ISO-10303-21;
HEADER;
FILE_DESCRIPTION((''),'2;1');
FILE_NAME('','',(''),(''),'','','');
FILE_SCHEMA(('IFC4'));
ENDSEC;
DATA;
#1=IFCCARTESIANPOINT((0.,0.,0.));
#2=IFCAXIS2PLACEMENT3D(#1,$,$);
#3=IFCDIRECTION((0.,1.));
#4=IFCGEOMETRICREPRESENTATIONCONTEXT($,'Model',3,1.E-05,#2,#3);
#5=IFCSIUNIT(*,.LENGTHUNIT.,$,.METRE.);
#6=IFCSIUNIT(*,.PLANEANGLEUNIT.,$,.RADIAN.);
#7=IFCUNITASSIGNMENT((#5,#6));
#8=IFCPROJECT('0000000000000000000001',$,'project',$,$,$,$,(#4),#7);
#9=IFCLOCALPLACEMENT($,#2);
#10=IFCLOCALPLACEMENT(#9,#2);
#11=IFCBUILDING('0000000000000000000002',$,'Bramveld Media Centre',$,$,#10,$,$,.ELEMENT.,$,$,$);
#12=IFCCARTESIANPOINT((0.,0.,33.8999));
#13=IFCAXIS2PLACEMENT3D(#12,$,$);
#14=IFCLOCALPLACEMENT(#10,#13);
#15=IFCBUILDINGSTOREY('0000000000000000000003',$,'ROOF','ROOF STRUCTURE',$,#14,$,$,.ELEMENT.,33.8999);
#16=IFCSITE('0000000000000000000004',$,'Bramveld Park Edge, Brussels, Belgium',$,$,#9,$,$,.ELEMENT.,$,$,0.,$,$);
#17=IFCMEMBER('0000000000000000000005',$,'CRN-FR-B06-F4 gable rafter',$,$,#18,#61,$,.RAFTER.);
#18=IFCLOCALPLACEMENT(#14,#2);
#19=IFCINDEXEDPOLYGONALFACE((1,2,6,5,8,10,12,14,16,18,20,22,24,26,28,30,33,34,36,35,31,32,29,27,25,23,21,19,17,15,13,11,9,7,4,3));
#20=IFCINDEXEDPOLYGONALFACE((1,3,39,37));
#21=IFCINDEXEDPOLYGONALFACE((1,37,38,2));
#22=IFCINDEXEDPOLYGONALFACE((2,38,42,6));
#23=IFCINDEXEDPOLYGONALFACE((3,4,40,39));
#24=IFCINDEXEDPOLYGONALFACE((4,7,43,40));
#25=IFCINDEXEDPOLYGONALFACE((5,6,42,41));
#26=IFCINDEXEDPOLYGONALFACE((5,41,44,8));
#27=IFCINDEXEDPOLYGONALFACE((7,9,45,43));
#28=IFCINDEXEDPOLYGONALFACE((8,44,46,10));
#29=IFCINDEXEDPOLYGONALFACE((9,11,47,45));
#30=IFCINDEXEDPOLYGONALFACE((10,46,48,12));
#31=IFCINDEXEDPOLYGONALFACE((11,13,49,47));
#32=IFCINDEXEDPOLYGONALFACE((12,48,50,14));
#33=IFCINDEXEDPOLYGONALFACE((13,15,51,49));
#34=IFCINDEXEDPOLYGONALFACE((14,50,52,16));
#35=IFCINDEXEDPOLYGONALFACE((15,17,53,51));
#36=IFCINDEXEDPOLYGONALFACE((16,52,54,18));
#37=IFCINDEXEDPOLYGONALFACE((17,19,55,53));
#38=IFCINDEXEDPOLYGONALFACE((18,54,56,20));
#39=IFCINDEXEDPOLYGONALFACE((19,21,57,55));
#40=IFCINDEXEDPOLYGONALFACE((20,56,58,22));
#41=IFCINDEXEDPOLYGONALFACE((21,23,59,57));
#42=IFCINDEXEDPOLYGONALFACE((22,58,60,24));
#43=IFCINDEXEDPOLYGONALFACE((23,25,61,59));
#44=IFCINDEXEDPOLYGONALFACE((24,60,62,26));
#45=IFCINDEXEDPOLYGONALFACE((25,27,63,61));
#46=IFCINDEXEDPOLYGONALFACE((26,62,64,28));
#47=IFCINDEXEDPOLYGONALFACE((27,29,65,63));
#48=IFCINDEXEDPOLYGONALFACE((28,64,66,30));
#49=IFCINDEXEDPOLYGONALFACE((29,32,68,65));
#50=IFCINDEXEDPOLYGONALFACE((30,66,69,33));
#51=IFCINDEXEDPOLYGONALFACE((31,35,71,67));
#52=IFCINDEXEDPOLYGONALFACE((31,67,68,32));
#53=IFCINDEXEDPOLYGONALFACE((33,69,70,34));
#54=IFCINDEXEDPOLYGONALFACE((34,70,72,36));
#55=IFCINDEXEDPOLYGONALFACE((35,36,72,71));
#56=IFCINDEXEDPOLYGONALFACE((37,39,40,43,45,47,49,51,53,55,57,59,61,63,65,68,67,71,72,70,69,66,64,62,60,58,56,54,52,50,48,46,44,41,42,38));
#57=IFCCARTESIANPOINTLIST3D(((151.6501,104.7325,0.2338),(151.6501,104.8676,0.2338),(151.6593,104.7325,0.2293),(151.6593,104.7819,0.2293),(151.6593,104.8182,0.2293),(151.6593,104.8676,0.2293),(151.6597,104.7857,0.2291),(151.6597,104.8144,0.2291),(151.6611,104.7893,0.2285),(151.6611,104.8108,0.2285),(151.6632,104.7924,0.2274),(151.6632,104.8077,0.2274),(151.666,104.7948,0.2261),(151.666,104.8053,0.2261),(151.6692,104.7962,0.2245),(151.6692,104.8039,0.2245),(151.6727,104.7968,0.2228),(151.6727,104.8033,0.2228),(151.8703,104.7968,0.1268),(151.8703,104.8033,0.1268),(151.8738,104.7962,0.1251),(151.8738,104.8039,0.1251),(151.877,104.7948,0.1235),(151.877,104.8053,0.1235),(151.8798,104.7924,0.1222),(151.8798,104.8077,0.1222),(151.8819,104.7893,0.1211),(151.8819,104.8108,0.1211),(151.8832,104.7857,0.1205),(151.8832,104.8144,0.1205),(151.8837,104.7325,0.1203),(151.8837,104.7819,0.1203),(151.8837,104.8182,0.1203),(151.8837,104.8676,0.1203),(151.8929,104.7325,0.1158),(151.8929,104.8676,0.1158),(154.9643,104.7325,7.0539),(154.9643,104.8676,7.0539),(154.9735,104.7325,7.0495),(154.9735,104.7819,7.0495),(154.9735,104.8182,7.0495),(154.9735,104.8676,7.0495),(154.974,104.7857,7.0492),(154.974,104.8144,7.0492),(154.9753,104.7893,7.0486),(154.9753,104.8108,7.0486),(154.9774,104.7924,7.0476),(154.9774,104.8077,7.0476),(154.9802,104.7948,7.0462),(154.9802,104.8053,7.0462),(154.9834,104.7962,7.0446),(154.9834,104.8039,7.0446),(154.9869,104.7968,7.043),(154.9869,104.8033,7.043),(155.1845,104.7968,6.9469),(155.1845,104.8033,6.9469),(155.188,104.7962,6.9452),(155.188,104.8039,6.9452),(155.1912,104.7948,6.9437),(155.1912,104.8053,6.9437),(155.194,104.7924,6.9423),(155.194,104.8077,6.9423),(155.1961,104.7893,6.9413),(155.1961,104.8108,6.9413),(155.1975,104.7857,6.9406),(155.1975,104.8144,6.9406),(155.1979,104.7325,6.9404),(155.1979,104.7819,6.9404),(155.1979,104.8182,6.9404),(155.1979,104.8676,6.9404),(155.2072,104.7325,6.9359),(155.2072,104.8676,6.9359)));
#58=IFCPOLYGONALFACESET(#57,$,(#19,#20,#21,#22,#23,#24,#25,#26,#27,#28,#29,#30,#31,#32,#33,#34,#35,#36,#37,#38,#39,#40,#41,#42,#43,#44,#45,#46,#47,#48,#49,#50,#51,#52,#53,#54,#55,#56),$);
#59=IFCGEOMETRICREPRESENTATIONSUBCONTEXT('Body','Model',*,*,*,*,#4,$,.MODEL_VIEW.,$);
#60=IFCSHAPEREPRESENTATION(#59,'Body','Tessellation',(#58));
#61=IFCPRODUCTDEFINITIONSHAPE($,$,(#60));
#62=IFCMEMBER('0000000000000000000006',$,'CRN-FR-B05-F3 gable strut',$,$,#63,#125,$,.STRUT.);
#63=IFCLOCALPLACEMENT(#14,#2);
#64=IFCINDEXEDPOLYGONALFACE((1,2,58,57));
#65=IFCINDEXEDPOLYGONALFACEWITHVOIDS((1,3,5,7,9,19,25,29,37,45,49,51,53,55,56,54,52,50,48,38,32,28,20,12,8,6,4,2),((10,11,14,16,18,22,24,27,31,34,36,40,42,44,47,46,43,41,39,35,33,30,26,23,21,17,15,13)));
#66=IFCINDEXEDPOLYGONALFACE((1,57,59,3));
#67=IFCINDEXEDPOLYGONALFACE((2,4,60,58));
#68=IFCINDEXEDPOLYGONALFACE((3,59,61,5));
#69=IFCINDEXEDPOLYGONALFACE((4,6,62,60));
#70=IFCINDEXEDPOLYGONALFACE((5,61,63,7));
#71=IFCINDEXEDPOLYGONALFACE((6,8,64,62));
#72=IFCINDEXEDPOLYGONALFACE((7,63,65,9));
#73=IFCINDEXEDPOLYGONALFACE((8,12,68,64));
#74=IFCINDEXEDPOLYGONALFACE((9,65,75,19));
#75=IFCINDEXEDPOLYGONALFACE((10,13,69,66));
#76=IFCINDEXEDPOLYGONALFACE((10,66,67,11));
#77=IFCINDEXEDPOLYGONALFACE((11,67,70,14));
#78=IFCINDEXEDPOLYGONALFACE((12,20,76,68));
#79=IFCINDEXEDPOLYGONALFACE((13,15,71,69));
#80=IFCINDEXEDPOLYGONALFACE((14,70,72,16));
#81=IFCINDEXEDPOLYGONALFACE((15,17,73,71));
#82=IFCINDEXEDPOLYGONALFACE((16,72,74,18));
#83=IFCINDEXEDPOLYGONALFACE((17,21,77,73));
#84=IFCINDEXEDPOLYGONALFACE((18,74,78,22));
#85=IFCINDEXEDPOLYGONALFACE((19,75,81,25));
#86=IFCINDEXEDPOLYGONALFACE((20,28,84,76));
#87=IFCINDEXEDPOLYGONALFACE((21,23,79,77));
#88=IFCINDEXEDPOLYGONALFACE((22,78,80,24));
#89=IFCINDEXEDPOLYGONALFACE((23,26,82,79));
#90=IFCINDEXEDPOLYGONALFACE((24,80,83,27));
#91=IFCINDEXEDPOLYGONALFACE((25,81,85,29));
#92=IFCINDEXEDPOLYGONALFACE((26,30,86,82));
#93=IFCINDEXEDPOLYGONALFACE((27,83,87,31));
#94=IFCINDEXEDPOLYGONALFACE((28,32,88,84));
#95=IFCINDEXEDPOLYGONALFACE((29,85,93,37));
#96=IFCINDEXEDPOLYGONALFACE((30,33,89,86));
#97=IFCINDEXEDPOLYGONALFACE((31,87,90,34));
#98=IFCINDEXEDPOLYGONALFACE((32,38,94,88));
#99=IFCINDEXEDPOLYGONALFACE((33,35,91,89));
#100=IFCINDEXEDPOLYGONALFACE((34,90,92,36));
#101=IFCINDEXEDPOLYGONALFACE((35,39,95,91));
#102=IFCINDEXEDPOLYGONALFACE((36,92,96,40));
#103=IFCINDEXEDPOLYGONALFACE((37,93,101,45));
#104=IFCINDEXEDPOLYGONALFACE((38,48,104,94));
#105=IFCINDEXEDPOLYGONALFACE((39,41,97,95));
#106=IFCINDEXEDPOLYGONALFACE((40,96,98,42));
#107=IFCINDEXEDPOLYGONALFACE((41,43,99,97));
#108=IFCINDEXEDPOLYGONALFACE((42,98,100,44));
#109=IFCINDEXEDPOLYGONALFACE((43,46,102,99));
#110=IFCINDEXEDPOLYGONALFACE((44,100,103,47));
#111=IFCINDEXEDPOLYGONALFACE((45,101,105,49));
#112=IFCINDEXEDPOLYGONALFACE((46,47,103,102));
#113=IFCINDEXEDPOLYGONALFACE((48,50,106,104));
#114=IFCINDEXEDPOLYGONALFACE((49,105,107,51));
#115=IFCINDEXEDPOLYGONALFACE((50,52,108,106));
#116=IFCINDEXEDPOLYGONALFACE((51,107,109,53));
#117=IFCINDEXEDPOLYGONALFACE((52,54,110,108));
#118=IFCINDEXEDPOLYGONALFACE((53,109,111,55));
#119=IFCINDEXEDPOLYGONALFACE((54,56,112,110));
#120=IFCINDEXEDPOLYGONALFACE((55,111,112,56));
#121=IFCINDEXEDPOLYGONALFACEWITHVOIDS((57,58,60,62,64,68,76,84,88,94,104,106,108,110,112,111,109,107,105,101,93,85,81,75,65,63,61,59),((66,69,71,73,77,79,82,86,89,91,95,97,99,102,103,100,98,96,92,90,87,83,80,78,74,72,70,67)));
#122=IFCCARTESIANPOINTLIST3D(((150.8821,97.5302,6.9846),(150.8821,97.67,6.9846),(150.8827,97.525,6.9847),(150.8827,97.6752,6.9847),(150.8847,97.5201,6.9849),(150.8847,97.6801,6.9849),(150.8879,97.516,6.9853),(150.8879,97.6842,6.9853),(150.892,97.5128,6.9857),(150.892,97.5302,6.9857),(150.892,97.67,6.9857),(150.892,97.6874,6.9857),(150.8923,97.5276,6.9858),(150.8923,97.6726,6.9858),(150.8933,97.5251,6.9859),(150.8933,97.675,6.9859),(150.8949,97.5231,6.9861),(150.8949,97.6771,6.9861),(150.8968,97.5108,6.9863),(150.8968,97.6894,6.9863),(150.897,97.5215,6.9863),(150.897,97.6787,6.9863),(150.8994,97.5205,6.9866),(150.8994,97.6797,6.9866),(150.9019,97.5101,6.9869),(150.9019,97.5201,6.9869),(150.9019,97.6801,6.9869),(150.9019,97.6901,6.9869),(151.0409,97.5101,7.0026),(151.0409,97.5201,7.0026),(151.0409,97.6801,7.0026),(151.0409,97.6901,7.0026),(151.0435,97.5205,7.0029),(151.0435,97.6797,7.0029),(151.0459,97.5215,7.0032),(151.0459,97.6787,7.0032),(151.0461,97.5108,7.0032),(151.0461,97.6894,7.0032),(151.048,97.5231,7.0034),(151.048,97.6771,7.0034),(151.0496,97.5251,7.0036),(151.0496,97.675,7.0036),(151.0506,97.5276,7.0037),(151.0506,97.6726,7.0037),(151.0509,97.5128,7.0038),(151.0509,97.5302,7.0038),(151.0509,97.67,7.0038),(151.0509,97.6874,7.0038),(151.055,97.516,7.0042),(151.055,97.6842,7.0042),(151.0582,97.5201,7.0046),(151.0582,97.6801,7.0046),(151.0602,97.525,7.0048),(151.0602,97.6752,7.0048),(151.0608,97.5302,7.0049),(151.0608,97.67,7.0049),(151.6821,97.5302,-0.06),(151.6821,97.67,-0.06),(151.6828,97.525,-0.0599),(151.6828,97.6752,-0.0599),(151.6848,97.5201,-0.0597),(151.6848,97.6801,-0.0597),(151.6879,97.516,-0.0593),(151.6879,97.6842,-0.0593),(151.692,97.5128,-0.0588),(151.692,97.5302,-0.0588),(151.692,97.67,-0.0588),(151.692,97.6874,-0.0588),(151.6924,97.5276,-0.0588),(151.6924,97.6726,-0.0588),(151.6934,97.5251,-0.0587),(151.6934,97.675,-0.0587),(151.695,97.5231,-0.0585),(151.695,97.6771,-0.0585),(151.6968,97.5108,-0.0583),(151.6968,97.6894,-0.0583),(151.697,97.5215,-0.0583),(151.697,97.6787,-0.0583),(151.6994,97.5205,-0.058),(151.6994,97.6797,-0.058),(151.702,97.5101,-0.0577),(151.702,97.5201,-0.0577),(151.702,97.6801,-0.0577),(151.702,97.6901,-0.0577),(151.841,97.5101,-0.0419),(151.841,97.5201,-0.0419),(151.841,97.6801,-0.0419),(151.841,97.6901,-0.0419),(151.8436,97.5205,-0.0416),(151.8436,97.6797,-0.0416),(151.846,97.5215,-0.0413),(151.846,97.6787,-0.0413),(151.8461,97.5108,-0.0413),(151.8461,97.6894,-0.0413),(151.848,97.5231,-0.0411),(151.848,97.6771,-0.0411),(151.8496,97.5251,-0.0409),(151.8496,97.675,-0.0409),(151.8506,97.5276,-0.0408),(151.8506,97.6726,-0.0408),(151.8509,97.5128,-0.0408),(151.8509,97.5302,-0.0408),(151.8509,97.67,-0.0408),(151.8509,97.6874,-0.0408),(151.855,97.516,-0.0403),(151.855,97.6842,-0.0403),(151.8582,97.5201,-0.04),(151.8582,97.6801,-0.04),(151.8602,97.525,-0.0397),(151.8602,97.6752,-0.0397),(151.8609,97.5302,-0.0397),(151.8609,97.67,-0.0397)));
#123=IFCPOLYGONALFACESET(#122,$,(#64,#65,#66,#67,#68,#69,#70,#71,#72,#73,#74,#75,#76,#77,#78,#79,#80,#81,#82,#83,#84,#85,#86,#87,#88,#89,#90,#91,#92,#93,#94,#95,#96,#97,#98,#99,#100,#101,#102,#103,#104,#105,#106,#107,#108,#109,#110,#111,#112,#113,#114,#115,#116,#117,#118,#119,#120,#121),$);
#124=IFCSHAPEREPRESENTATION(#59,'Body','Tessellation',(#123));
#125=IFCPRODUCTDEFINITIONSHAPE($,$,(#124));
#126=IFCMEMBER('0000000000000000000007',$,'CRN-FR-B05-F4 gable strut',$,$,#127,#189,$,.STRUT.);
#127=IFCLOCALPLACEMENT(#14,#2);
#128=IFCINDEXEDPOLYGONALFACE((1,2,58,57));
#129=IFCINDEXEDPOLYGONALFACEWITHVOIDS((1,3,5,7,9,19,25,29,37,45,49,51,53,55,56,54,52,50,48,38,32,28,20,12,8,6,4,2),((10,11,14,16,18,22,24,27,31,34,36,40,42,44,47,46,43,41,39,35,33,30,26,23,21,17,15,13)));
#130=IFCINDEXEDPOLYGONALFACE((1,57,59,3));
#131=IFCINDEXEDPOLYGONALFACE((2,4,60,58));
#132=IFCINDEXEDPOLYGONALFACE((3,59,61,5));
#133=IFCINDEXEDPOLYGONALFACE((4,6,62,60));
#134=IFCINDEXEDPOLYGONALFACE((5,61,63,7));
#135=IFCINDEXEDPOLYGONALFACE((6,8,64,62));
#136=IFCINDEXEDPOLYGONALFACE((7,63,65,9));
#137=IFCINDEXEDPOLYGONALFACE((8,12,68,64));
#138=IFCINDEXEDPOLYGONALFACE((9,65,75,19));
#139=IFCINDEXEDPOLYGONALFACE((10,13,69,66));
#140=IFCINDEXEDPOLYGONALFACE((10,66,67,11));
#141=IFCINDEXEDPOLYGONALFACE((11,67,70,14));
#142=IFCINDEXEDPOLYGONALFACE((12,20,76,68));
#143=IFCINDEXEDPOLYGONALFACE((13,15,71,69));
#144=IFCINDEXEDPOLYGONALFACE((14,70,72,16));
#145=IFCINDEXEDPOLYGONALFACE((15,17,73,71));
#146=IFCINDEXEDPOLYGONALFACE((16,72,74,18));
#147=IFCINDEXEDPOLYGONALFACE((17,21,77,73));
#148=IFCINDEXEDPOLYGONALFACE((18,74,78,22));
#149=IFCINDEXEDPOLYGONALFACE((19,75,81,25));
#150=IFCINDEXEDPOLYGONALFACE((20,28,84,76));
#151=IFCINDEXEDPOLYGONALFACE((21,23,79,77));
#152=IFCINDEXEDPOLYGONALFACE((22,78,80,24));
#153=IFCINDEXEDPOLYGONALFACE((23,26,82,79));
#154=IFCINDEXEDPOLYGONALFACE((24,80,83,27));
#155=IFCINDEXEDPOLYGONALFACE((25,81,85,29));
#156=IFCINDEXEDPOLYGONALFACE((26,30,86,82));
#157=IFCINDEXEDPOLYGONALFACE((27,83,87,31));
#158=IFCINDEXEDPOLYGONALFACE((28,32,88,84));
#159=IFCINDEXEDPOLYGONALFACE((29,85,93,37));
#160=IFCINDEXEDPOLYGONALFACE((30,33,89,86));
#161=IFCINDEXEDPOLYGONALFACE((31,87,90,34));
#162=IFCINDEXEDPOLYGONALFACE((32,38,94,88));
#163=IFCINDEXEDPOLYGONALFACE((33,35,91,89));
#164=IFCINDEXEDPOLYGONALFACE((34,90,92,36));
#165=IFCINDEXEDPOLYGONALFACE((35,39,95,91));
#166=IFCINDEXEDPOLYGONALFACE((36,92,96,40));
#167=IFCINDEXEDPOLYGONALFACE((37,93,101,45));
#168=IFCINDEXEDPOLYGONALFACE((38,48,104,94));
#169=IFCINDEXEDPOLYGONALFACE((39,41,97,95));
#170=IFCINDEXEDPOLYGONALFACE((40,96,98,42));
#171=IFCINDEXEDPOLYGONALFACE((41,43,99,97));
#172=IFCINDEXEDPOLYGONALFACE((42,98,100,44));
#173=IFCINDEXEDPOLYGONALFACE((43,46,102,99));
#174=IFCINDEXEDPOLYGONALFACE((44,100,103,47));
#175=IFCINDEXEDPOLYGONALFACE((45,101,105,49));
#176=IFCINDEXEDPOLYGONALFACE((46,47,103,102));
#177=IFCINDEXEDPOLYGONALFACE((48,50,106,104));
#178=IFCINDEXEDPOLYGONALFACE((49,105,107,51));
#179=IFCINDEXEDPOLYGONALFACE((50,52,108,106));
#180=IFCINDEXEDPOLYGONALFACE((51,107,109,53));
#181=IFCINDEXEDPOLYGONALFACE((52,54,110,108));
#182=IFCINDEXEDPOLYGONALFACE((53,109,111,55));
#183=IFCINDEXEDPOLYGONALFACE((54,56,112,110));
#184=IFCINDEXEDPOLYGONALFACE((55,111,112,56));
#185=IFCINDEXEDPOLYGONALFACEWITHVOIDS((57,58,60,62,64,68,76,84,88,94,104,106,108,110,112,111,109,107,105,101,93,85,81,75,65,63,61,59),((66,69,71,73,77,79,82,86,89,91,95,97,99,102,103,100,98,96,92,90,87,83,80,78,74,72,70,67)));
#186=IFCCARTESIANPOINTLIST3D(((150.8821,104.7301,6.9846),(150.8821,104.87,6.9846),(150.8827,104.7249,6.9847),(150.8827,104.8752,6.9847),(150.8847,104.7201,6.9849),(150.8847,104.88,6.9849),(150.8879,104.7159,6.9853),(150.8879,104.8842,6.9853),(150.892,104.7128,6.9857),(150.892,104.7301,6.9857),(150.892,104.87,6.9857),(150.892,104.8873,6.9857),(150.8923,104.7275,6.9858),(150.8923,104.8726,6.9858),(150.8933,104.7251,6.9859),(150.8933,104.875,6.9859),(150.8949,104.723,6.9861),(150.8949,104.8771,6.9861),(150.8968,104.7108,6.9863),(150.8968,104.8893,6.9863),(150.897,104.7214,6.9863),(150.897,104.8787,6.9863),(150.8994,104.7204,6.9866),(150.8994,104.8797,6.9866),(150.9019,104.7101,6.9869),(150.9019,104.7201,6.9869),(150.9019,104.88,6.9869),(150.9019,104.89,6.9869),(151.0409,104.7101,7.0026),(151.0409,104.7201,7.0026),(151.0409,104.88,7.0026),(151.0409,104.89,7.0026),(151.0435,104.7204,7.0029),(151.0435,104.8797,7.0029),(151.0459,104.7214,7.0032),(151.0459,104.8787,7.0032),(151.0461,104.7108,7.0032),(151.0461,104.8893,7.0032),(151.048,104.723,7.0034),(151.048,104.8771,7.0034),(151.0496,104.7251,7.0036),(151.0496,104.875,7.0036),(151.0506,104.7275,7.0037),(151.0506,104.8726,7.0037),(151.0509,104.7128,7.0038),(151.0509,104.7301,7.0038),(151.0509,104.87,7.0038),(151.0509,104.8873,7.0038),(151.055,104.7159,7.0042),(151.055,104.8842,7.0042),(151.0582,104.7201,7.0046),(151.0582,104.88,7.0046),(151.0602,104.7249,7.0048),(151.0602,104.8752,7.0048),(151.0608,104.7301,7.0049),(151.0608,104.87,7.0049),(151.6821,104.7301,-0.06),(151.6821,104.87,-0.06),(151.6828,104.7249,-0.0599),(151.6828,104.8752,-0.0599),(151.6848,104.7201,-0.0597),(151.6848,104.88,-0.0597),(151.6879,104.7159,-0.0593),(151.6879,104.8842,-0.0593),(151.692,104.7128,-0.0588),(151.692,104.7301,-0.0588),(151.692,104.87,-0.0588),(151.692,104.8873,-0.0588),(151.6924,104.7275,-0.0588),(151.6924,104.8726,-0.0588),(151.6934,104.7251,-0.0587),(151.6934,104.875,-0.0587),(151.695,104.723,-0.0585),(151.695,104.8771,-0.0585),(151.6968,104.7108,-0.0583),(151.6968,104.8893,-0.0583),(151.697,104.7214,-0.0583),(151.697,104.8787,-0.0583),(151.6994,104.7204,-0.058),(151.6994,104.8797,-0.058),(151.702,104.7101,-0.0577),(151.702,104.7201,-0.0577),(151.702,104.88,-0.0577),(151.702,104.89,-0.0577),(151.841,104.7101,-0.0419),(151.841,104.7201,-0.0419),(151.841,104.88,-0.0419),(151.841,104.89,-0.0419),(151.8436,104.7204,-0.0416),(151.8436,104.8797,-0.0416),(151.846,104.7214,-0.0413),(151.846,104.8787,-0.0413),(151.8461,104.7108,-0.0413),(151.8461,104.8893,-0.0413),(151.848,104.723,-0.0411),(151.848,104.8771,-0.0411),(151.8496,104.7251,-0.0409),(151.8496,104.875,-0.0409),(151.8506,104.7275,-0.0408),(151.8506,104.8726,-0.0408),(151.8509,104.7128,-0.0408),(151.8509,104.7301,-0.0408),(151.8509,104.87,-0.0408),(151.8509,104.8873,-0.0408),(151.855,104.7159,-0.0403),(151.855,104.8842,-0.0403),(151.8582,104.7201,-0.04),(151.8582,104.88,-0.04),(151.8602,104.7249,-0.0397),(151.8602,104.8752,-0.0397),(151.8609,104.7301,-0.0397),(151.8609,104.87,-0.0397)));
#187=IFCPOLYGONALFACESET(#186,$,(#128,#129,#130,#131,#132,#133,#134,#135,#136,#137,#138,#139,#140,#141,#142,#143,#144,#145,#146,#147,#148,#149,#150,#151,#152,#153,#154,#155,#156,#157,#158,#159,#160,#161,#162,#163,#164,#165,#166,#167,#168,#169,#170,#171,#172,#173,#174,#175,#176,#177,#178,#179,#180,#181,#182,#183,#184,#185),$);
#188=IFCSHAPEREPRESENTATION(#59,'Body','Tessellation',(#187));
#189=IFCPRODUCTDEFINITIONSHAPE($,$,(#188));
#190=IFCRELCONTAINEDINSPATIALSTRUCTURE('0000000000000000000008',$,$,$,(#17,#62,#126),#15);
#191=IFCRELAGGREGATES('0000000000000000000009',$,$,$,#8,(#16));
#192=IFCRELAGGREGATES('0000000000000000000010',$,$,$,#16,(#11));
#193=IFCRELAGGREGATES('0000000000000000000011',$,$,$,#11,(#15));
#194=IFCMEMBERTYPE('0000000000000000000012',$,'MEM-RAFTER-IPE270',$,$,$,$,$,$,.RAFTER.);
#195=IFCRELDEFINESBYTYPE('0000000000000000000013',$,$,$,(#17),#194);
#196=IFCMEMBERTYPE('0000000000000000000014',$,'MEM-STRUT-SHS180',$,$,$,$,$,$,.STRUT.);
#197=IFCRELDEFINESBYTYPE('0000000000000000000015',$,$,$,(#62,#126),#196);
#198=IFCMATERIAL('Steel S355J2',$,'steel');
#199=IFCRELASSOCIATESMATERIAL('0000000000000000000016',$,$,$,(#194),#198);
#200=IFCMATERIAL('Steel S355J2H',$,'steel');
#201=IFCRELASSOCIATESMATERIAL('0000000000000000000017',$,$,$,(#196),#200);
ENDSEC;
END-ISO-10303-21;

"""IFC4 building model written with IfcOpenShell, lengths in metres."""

from ifc_helpers import new_model, si_unit, direction, frame, origin, origin_2d, place, context, subcontext, project, spatial, hollow_rectangle, i_section, extrude, material, material_profile, profile_set, type_object, element, save


model = new_model("IFC4")

# Units and contexts
model_context = context("Model", 3, precision=1e-05, world=origin(), true_north=direction((0.0, 1.0)))
body_context = subcontext(model_context, "Body", "Model", "MODEL_VIEW")
ifc_project = project(units=[si_unit("LENGTHUNIT", "METRE"), si_unit("PLANEANGLEUNIT", "RADIAN")], contexts=[model_context])

# Site, building, storey
site_placement = place(None, origin())
site = spatial("IfcSite", under=ifc_project, at=site_placement, Name="Bramveld Park Edge, Brussels, Belgium", CompositionType="ELEMENT", RefElevation=0.0)
building_placement = place(site_placement, origin())
building = spatial("IfcBuilding", under=site, at=building_placement, Name="Bramveld Media Centre", CompositionType="ELEMENT")
storey_placement = place(building_placement, frame((0.0, 0.0, 33.8999)))
storey = spatial("IfcBuildingStorey", under=building, at=storey_placement, Name="ROOF", Description="ROOF STRUCTURE", CompositionType="ELEMENT", Elevation=33.8999)

# Members
ifc_material_1 = material(Name="Steel S355J2", Category="steel")
ifc_material_profile_1 = material_profile(ifc_material_1, i_section(OverallWidth=0.135, OverallDepth=0.27, WebThickness=0.0066, FlangeThickness=0.0103, FilletRadius=0.0149, at=origin_2d()), Name="IPE 270")
ifc_profile_set_1 = profile_set([ifc_material_profile_1], Name="Steel S355J2")
member_type_1 = type_object("IfcMemberType", Name="MEM-RAFTER-IPE270", PredefinedType="RAFTER", material=ifc_profile_set_1)
for number, where, z_axis, x_axis, name in (
    (1, (151.7715, 104.8, 0.1748), (0.437075, 0.0, 0.899425), (0.0, 1.0, 0.0), "CRN-FR-B06-F4 gable rafter"),
):
    element("IfcMember", number, at=place(storey_placement, frame(where, z_axis=z_axis, x_axis=x_axis)), inside=storey, type_object=member_type_1, Name=name, PredefinedType="RAFTER", context=body_context, shape_type="SweptSolid", body=[
        extrude(i_section(OverallWidth=0.135, OverallDepth=0.27, WebThickness=0.0066, FlangeThickness=0.0103, FilletRadius=0.0149, at=origin_2d()), origin(), (0.0, 0.0, 1.0), 7.5828),
    ])
ifc_material_2 = material(Name="Steel S355J2H", Category="steel")
ifc_material_profile_2 = material_profile(ifc_material_2, hollow_rectangle(XDim=0.1799, YDim=0.1799, WallThickness=0.01, InnerFilletRadius=0.01, OuterFilletRadius=0.02, at=origin_2d()), Name="SHS 180x180x10")
ifc_profile_set_2 = profile_set([ifc_material_profile_2], Name="Steel S355J2H")
member_type_2 = type_object("IfcMemberType", Name="MEM-STRUT-SHS180", PredefinedType="STRUT", material=ifc_profile_set_2)
for number, where, z_axis, x_axis, name in (
    (2, (151.7715, 97.6001, -0.0498), (-0.112842, 0.0, 0.993613), (0.0, -1.0, 0.0), "CRN-FR-B05-F3 gable strut"),
    (3, (151.7715, 104.8, -0.0498), (-0.112842, 0.0, 0.993613), (0.0, -1.0, 0.0), "CRN-FR-B05-F4 gable strut"),
):
    element("IfcMember", number, at=place(storey_placement, frame(where, z_axis=z_axis, x_axis=x_axis)), inside=storey, type_object=member_type_2, Name=name, PredefinedType="STRUT", context=body_context, shape_type="SweptSolid", body=[
        extrude(hollow_rectangle(XDim=0.1799, YDim=0.1799, WallThickness=0.01, InnerFilletRadius=0.01, OuterFilletRadius=0.02, at=origin_2d()), origin(), (0.0, 0.0, 1.0), 7.0898),
    ])

save(model, "model.ifc")
